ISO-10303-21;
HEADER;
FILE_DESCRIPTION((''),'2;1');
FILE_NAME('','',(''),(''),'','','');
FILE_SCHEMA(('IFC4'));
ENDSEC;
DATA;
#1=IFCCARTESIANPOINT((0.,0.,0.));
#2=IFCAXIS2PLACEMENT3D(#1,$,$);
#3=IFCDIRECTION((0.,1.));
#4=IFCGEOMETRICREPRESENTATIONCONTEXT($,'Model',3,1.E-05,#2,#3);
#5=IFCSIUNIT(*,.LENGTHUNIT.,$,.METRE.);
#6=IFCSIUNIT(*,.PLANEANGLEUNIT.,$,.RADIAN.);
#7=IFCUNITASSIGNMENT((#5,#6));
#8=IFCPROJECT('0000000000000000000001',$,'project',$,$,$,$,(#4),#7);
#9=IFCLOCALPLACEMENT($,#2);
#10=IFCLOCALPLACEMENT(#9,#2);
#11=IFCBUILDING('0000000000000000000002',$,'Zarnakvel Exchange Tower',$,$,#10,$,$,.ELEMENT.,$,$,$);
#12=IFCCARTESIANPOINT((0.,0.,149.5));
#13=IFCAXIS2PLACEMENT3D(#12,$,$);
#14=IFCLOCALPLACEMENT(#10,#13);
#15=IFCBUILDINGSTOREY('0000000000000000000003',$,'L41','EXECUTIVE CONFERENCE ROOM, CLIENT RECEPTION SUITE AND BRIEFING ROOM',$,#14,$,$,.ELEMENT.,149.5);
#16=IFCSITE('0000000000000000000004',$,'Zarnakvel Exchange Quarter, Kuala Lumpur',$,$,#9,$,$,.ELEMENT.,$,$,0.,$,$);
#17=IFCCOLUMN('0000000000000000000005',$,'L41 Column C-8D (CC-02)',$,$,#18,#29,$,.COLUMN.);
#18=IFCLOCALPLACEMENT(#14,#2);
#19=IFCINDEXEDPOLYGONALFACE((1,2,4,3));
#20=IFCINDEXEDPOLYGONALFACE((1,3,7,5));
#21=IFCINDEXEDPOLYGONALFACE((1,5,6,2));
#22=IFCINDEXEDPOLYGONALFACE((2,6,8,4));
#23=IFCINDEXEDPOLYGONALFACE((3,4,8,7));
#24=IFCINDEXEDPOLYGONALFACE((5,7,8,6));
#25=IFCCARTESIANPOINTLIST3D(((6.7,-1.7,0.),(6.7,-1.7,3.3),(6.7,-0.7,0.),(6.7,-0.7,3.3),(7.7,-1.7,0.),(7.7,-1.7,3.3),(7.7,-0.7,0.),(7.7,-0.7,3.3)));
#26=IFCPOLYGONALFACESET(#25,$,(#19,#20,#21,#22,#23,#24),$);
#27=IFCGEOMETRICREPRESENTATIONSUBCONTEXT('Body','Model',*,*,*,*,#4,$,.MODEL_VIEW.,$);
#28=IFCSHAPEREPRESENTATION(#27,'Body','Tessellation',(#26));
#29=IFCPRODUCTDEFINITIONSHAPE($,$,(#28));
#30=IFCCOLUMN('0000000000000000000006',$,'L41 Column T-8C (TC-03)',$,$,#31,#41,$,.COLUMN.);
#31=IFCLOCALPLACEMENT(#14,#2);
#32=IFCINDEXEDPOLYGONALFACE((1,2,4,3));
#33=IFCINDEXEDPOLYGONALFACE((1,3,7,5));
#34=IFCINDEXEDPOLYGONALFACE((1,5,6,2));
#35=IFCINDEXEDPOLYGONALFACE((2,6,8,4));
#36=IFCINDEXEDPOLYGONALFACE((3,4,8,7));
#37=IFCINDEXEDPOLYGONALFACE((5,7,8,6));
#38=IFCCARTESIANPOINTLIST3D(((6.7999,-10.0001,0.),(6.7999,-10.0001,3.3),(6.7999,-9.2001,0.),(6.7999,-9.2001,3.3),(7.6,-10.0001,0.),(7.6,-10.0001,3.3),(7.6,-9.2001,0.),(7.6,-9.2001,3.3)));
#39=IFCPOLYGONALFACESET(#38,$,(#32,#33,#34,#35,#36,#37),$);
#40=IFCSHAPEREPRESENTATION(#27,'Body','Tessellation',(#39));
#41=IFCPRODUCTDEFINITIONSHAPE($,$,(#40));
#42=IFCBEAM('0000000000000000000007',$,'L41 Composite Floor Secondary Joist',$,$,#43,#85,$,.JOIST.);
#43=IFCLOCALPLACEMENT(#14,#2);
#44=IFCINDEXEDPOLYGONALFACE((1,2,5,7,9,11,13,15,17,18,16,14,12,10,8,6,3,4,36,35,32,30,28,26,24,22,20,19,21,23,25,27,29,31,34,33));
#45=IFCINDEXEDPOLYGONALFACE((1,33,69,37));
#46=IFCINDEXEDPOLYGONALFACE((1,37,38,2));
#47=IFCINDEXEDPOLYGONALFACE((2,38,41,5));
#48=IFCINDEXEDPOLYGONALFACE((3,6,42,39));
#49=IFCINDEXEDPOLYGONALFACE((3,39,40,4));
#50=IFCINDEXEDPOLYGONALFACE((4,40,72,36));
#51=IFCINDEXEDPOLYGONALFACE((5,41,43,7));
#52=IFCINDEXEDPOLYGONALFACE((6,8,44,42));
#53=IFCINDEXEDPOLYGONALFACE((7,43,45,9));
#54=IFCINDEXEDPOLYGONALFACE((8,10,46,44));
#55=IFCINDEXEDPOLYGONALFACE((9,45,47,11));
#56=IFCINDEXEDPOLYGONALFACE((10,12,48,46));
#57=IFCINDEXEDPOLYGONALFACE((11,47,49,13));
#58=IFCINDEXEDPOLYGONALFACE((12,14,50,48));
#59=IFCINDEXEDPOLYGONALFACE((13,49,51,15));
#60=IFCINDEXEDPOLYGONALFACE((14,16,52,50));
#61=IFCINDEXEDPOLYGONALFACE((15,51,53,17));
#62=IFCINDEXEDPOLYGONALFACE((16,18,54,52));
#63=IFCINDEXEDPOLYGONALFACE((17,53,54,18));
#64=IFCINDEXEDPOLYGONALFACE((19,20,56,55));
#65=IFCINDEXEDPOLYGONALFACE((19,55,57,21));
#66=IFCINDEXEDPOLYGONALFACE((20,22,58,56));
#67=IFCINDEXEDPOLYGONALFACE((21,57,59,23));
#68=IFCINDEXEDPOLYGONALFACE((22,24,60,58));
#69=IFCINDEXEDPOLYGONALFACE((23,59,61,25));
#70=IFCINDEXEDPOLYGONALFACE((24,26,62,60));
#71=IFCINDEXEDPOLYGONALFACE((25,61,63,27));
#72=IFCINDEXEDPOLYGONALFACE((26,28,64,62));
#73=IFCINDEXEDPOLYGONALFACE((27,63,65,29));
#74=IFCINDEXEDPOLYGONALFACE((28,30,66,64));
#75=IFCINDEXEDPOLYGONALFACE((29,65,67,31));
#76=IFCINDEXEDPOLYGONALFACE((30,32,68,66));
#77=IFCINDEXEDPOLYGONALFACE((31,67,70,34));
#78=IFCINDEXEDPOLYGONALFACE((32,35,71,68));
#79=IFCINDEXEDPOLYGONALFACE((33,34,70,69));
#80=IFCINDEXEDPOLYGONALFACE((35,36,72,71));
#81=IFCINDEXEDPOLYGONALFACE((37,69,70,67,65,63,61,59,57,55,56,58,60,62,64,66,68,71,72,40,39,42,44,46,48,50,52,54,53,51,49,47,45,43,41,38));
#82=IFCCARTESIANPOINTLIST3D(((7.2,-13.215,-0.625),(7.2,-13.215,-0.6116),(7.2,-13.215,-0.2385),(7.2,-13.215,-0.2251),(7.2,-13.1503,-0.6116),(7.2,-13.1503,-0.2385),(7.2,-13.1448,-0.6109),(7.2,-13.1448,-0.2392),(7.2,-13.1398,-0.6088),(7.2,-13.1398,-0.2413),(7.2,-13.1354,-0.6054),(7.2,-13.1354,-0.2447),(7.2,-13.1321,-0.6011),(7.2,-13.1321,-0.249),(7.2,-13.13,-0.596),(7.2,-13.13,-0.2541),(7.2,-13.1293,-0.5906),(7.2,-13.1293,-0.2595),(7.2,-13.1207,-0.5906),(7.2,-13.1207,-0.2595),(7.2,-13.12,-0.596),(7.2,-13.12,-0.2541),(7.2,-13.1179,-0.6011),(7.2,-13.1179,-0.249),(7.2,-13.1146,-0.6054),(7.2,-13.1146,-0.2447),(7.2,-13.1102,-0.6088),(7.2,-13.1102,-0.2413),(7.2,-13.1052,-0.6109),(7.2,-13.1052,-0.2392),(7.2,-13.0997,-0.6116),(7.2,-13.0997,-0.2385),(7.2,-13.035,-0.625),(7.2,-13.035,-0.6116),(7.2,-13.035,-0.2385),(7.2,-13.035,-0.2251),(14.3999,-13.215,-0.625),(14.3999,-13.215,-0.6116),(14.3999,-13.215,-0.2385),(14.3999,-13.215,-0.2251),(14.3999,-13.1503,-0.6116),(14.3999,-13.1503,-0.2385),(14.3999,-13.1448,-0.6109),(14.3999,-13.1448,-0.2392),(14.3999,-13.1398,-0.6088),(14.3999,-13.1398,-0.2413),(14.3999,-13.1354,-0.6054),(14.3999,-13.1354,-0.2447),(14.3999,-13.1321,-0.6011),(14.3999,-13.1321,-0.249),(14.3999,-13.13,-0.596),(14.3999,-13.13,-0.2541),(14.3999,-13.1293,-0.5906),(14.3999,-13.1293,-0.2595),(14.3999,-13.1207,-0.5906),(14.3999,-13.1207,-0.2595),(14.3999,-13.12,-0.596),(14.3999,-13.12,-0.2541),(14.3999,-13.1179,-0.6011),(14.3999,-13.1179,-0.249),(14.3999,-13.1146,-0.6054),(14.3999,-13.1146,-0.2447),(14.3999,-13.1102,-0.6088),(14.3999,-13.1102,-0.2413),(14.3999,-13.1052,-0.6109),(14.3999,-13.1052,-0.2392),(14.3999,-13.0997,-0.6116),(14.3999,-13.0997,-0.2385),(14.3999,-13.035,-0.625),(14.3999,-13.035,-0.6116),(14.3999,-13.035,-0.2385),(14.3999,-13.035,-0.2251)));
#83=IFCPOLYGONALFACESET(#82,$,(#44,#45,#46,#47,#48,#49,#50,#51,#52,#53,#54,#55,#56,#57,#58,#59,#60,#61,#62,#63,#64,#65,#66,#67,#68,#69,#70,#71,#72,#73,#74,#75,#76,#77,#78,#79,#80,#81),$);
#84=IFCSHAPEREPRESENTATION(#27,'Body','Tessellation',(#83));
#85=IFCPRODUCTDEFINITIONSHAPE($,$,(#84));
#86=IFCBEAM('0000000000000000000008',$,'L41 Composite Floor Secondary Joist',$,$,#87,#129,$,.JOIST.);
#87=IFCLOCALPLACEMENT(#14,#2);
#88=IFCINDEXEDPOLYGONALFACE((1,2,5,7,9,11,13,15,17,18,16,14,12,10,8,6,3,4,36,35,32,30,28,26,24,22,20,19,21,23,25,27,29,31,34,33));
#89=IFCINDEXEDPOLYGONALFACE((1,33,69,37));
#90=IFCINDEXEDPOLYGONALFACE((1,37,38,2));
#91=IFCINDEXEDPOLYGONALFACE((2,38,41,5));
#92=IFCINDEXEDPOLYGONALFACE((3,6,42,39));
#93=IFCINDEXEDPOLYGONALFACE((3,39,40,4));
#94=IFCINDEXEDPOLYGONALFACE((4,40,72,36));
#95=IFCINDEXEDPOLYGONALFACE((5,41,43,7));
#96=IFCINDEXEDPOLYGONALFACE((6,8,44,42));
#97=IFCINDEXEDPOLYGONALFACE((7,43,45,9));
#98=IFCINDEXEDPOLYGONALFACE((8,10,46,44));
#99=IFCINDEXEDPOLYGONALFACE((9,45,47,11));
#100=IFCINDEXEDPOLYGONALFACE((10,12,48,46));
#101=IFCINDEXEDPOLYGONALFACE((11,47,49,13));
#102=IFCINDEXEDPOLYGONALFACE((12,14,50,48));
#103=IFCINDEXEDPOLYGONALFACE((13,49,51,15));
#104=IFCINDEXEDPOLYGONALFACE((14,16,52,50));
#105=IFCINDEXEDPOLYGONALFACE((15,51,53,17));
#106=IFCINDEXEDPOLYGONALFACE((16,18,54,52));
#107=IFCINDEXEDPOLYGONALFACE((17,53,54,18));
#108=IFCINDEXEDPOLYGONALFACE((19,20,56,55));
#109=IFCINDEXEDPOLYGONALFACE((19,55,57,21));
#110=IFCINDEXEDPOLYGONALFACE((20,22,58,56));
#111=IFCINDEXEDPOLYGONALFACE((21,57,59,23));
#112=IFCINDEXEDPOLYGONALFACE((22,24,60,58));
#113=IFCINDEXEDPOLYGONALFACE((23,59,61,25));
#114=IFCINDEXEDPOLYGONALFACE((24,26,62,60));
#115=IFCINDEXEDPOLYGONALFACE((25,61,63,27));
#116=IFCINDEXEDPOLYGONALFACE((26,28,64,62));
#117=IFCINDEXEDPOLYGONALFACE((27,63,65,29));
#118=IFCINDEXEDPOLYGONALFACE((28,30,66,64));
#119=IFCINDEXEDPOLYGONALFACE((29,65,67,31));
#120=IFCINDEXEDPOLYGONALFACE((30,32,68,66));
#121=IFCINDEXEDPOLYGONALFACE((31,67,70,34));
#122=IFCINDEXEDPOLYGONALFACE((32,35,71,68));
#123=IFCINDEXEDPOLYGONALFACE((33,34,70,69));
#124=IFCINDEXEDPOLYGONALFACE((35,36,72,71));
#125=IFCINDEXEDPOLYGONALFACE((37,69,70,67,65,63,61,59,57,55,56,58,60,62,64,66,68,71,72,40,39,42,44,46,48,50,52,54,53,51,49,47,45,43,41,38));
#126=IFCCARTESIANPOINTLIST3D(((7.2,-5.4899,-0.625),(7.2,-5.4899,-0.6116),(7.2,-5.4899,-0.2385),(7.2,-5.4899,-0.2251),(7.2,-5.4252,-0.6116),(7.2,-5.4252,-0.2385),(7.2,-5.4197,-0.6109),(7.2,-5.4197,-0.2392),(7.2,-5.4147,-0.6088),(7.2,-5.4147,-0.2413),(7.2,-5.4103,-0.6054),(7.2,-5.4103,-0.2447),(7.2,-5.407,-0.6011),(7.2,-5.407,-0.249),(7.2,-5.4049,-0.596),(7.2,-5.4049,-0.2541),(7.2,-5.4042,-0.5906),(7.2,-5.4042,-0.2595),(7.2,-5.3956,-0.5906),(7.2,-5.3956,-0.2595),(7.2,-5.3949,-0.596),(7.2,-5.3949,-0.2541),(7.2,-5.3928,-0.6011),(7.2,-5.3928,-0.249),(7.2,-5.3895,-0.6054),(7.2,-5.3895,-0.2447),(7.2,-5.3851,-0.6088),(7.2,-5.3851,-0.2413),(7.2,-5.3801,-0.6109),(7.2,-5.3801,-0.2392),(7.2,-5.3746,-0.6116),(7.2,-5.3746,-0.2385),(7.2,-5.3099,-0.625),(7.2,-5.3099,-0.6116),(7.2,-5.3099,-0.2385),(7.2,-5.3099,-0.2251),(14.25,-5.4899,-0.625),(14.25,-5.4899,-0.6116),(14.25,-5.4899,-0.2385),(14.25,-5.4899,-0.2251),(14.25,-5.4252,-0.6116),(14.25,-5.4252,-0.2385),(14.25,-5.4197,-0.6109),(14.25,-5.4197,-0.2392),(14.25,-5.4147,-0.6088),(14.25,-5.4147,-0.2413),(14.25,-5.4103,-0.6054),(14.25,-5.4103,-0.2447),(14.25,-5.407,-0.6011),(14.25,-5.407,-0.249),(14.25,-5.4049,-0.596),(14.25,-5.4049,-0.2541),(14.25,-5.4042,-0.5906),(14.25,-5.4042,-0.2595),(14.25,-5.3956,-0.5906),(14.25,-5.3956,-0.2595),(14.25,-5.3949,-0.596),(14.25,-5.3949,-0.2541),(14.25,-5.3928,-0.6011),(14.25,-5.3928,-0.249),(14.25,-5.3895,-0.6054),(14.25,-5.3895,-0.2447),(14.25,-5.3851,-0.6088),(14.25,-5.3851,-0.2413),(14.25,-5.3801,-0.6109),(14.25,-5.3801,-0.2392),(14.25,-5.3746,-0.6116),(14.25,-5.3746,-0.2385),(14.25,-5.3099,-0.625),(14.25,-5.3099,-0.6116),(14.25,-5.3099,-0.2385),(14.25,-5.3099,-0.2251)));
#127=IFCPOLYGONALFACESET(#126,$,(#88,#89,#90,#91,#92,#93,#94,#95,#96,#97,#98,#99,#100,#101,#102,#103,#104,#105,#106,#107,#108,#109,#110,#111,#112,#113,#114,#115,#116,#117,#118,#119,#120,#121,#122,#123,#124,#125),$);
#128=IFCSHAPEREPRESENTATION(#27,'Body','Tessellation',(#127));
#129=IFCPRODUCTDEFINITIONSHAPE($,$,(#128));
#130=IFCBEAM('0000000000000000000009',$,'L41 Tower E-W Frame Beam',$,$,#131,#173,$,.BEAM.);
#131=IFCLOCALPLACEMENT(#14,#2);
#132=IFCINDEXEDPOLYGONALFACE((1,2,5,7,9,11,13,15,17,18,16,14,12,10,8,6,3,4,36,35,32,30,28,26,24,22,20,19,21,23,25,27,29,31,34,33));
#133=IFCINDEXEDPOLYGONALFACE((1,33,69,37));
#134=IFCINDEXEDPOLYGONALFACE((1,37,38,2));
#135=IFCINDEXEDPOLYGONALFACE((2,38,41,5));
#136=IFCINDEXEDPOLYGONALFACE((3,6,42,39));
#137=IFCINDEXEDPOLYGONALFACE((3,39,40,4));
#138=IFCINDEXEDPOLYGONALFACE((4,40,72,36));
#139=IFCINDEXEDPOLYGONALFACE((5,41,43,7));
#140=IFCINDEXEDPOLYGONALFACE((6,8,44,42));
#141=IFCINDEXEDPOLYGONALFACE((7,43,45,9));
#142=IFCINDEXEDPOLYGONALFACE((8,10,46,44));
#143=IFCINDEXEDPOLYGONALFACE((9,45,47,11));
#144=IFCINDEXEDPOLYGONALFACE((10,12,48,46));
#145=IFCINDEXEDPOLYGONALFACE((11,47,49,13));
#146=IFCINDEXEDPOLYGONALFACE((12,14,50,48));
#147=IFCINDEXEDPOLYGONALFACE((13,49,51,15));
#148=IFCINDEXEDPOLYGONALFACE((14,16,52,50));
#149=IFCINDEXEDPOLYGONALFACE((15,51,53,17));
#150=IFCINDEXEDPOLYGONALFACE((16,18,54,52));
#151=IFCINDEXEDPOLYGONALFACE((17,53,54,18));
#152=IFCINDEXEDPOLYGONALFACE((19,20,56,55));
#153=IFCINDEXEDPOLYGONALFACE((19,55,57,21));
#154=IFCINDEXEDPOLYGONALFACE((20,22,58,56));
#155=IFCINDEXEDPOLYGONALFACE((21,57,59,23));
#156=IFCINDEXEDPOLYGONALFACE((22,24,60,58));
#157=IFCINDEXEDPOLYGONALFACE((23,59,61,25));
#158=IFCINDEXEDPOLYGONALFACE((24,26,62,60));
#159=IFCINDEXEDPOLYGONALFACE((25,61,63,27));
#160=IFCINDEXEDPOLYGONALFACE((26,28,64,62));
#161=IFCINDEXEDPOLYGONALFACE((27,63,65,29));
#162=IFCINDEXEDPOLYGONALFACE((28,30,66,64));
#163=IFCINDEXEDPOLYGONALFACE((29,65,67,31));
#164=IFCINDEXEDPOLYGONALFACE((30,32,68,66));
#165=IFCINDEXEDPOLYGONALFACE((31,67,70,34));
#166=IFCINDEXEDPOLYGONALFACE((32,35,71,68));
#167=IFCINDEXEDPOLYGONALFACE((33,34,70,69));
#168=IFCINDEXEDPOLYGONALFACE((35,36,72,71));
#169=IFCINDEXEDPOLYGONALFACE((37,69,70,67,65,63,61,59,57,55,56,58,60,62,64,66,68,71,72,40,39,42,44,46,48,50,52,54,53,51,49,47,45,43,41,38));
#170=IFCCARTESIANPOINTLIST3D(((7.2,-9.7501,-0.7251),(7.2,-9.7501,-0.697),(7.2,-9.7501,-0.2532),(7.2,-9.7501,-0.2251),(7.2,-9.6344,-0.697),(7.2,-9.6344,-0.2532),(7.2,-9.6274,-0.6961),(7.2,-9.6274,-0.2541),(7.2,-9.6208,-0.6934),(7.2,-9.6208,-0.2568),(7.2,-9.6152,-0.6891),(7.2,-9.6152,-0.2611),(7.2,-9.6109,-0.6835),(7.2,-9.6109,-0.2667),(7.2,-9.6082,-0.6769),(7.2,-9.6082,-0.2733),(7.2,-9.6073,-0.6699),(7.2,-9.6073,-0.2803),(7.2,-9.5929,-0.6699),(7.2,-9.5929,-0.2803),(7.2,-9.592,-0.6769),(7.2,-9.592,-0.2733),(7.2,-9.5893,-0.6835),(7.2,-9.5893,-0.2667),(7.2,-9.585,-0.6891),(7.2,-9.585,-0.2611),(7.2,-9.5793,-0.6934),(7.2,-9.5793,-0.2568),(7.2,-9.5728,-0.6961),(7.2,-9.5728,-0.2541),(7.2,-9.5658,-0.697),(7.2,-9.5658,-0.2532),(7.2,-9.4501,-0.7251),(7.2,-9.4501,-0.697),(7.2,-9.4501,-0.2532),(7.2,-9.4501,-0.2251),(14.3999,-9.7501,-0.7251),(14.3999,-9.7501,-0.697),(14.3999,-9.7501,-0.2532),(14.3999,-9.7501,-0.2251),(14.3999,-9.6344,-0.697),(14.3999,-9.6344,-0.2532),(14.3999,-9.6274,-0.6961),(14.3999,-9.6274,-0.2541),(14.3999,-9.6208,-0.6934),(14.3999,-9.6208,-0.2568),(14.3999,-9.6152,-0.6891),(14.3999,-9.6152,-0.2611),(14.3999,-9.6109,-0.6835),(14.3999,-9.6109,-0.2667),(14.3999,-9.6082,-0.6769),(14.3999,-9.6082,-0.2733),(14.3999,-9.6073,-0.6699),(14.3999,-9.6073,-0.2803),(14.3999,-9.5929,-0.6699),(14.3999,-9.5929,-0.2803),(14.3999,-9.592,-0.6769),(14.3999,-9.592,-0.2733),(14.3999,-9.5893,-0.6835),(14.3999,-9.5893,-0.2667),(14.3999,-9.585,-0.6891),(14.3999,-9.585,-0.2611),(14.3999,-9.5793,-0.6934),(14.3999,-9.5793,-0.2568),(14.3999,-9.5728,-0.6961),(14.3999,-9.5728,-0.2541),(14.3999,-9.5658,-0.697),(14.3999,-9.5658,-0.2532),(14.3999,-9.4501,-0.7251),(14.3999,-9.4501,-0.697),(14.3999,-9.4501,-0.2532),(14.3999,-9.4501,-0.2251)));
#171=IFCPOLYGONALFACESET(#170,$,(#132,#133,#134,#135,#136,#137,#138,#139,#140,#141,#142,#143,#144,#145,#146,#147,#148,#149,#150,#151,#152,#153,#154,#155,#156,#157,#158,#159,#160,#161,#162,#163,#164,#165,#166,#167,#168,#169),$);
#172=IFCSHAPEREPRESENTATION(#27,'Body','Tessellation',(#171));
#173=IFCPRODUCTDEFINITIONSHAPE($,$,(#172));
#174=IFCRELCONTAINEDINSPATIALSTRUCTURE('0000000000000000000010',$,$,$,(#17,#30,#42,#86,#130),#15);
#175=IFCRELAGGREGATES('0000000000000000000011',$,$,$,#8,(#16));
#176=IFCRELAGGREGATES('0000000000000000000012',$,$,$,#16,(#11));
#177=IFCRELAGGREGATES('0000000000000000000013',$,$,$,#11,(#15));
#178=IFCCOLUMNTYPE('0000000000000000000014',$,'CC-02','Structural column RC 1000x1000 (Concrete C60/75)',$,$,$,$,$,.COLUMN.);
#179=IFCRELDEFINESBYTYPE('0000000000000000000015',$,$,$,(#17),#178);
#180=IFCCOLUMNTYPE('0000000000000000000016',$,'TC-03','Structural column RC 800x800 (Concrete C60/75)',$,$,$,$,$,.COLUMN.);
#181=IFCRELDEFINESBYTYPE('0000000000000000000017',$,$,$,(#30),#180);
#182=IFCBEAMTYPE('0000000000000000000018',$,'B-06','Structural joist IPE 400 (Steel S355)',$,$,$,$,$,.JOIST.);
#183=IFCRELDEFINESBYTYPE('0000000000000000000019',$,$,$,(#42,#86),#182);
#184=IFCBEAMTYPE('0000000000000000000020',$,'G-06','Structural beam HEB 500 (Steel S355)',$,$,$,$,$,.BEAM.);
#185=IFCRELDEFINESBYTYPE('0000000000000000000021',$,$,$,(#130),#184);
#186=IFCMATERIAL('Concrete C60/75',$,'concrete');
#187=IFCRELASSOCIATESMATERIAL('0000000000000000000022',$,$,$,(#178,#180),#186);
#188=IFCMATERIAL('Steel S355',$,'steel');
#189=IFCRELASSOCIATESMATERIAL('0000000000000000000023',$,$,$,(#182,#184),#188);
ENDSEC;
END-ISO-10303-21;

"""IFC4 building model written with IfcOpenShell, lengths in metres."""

from ifc_helpers import new_model, si_unit, direction, frame, origin, origin_2d, place, context, subcontext, project, spatial, rectangle, i_section, extrude, material, material_profile, profile_set, type_object, element, save


model = new_model("IFC4")

# Units and contexts
model_context = context("Model", 3, precision=1e-05, world=origin(), true_north=direction((0.0, 1.0)))
body_context = subcontext(model_context, "Body", "Model", "MODEL_VIEW")
ifc_project = project(units=[si_unit("LENGTHUNIT", "METRE"), si_unit("PLANEANGLEUNIT", "RADIAN")], contexts=[model_context])

# Site, building, storey
site_placement = place(None, origin())
site = spatial("IfcSite", under=ifc_project, at=site_placement, Name="Zarnakvel Exchange Quarter, Kuala Lumpur", CompositionType="ELEMENT", RefElevation=0.0)
building_placement = place(site_placement, origin())
building = spatial("IfcBuilding", under=site, at=building_placement, Name="Zarnakvel Exchange Tower", CompositionType="ELEMENT")
storey_placement = place(building_placement, frame((0.0, 0.0, 149.5)))
storey = spatial("IfcBuildingStorey", under=building, at=storey_placement, Name="L41", Description="EXECUTIVE CONFERENCE ROOM, CLIENT RECEPTION SUITE AND BRIEFING ROOM", CompositionType="ELEMENT", Elevation=149.5)

# Columns
ifc_material_1 = material(Name="Concrete C60/75", Category="concrete")
ifc_material_profile_1 = material_profile(ifc_material_1, rectangle(XDim=1.0, YDim=1.0, at=origin_2d()))
ifc_profile_set_1 = profile_set([ifc_material_profile_1], Name="Concrete C60/75")
column_type_1 = type_object("IfcColumnType", Name="CC-02", Description="Structural column RC 1000x1000 (Concrete C60/75)", PredefinedType="COLUMN", material=ifc_profile_set_1)
column_1_placement = place(storey_placement, frame((7.2, -1.2, 0.0), z_axis=(0.0, 0.0, 1.0), x_axis=(1.0, 0.0, 0.0)))
element("IfcColumn", 1, at=column_1_placement, inside=storey, type_object=column_type_1, Name="L41 Column C-8D (CC-02)", PredefinedType="COLUMN", context=body_context, shape_type="SweptSolid", body=[
    extrude(rectangle(XDim=1.0, YDim=1.0, at=origin_2d()), origin(), (0.0, 0.0, 1.0), 3.3),
])
ifc_material_profile_2 = material_profile(ifc_material_1, rectangle(XDim=0.8, YDim=0.8, at=origin_2d()))
ifc_profile_set_2 = profile_set([ifc_material_profile_2], Name="Concrete C60/75")
column_type_2 = type_object("IfcColumnType", Name="TC-03", Description="Structural column RC 800x800 (Concrete C60/75)", PredefinedType="COLUMN", material=ifc_profile_set_2)
column_2_placement = place(storey_placement, frame((7.2, -9.6001, 0.0), z_axis=(0.0, 0.0, 1.0), x_axis=(1.0, 0.0, 0.0)))
element("IfcColumn", 2, at=column_2_placement, inside=storey, type_object=column_type_2, Name="L41 Column T-8C (TC-03)", PredefinedType="COLUMN", context=body_context, shape_type="SweptSolid", body=[
    extrude(rectangle(XDim=0.8, YDim=0.8, at=origin_2d()), origin(), (0.0, 0.0, 1.0), 3.3),
])

# Beams
ifc_material_2 = material(Name="Steel S355", Category="steel")
ifc_material_profile_3 = material_profile(ifc_material_2, i_section(OverallWidth=0.1799, OverallDepth=0.3999, WebThickness=0.0085, FlangeThickness=0.0134, FilletRadius=0.021, at=origin_2d()))
ifc_profile_set_3 = profile_set([ifc_material_profile_3], Name="Steel S355")
beam_type_1 = type_object("IfcBeamType", Name="B-06", Description="Structural joist IPE 400 (Steel S355)", PredefinedType="JOIST", material=ifc_profile_set_3)
beam_1_placement = place(storey_placement, frame((7.2, -13.125, -0.425), z_axis=(1.0, 0.0, 0.0), x_axis=(0.0, 1.0, 0.0)))
element("IfcBeam", 3, at=beam_1_placement, inside=storey, type_object=beam_type_1, Name="L41 Composite Floor Secondary Joist", PredefinedType="JOIST", context=body_context, shape_type="SweptSolid", body=[
    extrude(i_section(OverallWidth=0.1799, OverallDepth=0.3999, WebThickness=0.0085, FlangeThickness=0.0134, FilletRadius=0.021, at=origin_2d()), origin(), (0.0, 0.0, 1.0), 7.2),
])
beam_2_placement = place(storey_placement, frame((7.2, -5.3999, -0.425), z_axis=(1.0, 0.0, 0.0), x_axis=(0.0, 1.0, 0.0)))
element("IfcBeam", 4, at=beam_2_placement, inside=storey, type_object=beam_type_1, Name="L41 Composite Floor Secondary Joist", PredefinedType="JOIST", context=body_context, shape_type="SweptSolid", body=[
    extrude(i_section(OverallWidth=0.1799, OverallDepth=0.3999, WebThickness=0.0085, FlangeThickness=0.0134, FilletRadius=0.021, at=origin_2d()), origin(), (0.0, 0.0, 1.0), 7.05),
])
ifc_material_profile_4 = material_profile(ifc_material_2, i_section(OverallWidth=0.3, OverallDepth=0.5, WebThickness=0.0144, FlangeThickness=0.0281, FilletRadius=0.0271, at=origin_2d()))
ifc_profile_set_4 = profile_set([ifc_material_profile_4], Name="Steel S355")
beam_type_2 = type_object("IfcBeamType", Name="G-06", Description="Structural beam HEB 500 (Steel S355)", PredefinedType="BEAM", material=ifc_profile_set_4)
beam_3_placement = place(storey_placement, frame((7.2, -9.6001, -0.4751), z_axis=(1.0, 0.0, 0.0), x_axis=(0.0, 1.0, 0.0)))
element("IfcBeam", 5, at=beam_3_placement, inside=storey, type_object=beam_type_2, Name="L41 Tower E-W Frame Beam", PredefinedType="BEAM", context=body_context, shape_type="SweptSolid", body=[
    extrude(i_section(OverallWidth=0.3, OverallDepth=0.5, WebThickness=0.0144, FlangeThickness=0.0281, FilletRadius=0.0271, at=origin_2d()), origin(), (0.0, 0.0, 1.0), 7.2),
])

save(model, "model.ifc")
